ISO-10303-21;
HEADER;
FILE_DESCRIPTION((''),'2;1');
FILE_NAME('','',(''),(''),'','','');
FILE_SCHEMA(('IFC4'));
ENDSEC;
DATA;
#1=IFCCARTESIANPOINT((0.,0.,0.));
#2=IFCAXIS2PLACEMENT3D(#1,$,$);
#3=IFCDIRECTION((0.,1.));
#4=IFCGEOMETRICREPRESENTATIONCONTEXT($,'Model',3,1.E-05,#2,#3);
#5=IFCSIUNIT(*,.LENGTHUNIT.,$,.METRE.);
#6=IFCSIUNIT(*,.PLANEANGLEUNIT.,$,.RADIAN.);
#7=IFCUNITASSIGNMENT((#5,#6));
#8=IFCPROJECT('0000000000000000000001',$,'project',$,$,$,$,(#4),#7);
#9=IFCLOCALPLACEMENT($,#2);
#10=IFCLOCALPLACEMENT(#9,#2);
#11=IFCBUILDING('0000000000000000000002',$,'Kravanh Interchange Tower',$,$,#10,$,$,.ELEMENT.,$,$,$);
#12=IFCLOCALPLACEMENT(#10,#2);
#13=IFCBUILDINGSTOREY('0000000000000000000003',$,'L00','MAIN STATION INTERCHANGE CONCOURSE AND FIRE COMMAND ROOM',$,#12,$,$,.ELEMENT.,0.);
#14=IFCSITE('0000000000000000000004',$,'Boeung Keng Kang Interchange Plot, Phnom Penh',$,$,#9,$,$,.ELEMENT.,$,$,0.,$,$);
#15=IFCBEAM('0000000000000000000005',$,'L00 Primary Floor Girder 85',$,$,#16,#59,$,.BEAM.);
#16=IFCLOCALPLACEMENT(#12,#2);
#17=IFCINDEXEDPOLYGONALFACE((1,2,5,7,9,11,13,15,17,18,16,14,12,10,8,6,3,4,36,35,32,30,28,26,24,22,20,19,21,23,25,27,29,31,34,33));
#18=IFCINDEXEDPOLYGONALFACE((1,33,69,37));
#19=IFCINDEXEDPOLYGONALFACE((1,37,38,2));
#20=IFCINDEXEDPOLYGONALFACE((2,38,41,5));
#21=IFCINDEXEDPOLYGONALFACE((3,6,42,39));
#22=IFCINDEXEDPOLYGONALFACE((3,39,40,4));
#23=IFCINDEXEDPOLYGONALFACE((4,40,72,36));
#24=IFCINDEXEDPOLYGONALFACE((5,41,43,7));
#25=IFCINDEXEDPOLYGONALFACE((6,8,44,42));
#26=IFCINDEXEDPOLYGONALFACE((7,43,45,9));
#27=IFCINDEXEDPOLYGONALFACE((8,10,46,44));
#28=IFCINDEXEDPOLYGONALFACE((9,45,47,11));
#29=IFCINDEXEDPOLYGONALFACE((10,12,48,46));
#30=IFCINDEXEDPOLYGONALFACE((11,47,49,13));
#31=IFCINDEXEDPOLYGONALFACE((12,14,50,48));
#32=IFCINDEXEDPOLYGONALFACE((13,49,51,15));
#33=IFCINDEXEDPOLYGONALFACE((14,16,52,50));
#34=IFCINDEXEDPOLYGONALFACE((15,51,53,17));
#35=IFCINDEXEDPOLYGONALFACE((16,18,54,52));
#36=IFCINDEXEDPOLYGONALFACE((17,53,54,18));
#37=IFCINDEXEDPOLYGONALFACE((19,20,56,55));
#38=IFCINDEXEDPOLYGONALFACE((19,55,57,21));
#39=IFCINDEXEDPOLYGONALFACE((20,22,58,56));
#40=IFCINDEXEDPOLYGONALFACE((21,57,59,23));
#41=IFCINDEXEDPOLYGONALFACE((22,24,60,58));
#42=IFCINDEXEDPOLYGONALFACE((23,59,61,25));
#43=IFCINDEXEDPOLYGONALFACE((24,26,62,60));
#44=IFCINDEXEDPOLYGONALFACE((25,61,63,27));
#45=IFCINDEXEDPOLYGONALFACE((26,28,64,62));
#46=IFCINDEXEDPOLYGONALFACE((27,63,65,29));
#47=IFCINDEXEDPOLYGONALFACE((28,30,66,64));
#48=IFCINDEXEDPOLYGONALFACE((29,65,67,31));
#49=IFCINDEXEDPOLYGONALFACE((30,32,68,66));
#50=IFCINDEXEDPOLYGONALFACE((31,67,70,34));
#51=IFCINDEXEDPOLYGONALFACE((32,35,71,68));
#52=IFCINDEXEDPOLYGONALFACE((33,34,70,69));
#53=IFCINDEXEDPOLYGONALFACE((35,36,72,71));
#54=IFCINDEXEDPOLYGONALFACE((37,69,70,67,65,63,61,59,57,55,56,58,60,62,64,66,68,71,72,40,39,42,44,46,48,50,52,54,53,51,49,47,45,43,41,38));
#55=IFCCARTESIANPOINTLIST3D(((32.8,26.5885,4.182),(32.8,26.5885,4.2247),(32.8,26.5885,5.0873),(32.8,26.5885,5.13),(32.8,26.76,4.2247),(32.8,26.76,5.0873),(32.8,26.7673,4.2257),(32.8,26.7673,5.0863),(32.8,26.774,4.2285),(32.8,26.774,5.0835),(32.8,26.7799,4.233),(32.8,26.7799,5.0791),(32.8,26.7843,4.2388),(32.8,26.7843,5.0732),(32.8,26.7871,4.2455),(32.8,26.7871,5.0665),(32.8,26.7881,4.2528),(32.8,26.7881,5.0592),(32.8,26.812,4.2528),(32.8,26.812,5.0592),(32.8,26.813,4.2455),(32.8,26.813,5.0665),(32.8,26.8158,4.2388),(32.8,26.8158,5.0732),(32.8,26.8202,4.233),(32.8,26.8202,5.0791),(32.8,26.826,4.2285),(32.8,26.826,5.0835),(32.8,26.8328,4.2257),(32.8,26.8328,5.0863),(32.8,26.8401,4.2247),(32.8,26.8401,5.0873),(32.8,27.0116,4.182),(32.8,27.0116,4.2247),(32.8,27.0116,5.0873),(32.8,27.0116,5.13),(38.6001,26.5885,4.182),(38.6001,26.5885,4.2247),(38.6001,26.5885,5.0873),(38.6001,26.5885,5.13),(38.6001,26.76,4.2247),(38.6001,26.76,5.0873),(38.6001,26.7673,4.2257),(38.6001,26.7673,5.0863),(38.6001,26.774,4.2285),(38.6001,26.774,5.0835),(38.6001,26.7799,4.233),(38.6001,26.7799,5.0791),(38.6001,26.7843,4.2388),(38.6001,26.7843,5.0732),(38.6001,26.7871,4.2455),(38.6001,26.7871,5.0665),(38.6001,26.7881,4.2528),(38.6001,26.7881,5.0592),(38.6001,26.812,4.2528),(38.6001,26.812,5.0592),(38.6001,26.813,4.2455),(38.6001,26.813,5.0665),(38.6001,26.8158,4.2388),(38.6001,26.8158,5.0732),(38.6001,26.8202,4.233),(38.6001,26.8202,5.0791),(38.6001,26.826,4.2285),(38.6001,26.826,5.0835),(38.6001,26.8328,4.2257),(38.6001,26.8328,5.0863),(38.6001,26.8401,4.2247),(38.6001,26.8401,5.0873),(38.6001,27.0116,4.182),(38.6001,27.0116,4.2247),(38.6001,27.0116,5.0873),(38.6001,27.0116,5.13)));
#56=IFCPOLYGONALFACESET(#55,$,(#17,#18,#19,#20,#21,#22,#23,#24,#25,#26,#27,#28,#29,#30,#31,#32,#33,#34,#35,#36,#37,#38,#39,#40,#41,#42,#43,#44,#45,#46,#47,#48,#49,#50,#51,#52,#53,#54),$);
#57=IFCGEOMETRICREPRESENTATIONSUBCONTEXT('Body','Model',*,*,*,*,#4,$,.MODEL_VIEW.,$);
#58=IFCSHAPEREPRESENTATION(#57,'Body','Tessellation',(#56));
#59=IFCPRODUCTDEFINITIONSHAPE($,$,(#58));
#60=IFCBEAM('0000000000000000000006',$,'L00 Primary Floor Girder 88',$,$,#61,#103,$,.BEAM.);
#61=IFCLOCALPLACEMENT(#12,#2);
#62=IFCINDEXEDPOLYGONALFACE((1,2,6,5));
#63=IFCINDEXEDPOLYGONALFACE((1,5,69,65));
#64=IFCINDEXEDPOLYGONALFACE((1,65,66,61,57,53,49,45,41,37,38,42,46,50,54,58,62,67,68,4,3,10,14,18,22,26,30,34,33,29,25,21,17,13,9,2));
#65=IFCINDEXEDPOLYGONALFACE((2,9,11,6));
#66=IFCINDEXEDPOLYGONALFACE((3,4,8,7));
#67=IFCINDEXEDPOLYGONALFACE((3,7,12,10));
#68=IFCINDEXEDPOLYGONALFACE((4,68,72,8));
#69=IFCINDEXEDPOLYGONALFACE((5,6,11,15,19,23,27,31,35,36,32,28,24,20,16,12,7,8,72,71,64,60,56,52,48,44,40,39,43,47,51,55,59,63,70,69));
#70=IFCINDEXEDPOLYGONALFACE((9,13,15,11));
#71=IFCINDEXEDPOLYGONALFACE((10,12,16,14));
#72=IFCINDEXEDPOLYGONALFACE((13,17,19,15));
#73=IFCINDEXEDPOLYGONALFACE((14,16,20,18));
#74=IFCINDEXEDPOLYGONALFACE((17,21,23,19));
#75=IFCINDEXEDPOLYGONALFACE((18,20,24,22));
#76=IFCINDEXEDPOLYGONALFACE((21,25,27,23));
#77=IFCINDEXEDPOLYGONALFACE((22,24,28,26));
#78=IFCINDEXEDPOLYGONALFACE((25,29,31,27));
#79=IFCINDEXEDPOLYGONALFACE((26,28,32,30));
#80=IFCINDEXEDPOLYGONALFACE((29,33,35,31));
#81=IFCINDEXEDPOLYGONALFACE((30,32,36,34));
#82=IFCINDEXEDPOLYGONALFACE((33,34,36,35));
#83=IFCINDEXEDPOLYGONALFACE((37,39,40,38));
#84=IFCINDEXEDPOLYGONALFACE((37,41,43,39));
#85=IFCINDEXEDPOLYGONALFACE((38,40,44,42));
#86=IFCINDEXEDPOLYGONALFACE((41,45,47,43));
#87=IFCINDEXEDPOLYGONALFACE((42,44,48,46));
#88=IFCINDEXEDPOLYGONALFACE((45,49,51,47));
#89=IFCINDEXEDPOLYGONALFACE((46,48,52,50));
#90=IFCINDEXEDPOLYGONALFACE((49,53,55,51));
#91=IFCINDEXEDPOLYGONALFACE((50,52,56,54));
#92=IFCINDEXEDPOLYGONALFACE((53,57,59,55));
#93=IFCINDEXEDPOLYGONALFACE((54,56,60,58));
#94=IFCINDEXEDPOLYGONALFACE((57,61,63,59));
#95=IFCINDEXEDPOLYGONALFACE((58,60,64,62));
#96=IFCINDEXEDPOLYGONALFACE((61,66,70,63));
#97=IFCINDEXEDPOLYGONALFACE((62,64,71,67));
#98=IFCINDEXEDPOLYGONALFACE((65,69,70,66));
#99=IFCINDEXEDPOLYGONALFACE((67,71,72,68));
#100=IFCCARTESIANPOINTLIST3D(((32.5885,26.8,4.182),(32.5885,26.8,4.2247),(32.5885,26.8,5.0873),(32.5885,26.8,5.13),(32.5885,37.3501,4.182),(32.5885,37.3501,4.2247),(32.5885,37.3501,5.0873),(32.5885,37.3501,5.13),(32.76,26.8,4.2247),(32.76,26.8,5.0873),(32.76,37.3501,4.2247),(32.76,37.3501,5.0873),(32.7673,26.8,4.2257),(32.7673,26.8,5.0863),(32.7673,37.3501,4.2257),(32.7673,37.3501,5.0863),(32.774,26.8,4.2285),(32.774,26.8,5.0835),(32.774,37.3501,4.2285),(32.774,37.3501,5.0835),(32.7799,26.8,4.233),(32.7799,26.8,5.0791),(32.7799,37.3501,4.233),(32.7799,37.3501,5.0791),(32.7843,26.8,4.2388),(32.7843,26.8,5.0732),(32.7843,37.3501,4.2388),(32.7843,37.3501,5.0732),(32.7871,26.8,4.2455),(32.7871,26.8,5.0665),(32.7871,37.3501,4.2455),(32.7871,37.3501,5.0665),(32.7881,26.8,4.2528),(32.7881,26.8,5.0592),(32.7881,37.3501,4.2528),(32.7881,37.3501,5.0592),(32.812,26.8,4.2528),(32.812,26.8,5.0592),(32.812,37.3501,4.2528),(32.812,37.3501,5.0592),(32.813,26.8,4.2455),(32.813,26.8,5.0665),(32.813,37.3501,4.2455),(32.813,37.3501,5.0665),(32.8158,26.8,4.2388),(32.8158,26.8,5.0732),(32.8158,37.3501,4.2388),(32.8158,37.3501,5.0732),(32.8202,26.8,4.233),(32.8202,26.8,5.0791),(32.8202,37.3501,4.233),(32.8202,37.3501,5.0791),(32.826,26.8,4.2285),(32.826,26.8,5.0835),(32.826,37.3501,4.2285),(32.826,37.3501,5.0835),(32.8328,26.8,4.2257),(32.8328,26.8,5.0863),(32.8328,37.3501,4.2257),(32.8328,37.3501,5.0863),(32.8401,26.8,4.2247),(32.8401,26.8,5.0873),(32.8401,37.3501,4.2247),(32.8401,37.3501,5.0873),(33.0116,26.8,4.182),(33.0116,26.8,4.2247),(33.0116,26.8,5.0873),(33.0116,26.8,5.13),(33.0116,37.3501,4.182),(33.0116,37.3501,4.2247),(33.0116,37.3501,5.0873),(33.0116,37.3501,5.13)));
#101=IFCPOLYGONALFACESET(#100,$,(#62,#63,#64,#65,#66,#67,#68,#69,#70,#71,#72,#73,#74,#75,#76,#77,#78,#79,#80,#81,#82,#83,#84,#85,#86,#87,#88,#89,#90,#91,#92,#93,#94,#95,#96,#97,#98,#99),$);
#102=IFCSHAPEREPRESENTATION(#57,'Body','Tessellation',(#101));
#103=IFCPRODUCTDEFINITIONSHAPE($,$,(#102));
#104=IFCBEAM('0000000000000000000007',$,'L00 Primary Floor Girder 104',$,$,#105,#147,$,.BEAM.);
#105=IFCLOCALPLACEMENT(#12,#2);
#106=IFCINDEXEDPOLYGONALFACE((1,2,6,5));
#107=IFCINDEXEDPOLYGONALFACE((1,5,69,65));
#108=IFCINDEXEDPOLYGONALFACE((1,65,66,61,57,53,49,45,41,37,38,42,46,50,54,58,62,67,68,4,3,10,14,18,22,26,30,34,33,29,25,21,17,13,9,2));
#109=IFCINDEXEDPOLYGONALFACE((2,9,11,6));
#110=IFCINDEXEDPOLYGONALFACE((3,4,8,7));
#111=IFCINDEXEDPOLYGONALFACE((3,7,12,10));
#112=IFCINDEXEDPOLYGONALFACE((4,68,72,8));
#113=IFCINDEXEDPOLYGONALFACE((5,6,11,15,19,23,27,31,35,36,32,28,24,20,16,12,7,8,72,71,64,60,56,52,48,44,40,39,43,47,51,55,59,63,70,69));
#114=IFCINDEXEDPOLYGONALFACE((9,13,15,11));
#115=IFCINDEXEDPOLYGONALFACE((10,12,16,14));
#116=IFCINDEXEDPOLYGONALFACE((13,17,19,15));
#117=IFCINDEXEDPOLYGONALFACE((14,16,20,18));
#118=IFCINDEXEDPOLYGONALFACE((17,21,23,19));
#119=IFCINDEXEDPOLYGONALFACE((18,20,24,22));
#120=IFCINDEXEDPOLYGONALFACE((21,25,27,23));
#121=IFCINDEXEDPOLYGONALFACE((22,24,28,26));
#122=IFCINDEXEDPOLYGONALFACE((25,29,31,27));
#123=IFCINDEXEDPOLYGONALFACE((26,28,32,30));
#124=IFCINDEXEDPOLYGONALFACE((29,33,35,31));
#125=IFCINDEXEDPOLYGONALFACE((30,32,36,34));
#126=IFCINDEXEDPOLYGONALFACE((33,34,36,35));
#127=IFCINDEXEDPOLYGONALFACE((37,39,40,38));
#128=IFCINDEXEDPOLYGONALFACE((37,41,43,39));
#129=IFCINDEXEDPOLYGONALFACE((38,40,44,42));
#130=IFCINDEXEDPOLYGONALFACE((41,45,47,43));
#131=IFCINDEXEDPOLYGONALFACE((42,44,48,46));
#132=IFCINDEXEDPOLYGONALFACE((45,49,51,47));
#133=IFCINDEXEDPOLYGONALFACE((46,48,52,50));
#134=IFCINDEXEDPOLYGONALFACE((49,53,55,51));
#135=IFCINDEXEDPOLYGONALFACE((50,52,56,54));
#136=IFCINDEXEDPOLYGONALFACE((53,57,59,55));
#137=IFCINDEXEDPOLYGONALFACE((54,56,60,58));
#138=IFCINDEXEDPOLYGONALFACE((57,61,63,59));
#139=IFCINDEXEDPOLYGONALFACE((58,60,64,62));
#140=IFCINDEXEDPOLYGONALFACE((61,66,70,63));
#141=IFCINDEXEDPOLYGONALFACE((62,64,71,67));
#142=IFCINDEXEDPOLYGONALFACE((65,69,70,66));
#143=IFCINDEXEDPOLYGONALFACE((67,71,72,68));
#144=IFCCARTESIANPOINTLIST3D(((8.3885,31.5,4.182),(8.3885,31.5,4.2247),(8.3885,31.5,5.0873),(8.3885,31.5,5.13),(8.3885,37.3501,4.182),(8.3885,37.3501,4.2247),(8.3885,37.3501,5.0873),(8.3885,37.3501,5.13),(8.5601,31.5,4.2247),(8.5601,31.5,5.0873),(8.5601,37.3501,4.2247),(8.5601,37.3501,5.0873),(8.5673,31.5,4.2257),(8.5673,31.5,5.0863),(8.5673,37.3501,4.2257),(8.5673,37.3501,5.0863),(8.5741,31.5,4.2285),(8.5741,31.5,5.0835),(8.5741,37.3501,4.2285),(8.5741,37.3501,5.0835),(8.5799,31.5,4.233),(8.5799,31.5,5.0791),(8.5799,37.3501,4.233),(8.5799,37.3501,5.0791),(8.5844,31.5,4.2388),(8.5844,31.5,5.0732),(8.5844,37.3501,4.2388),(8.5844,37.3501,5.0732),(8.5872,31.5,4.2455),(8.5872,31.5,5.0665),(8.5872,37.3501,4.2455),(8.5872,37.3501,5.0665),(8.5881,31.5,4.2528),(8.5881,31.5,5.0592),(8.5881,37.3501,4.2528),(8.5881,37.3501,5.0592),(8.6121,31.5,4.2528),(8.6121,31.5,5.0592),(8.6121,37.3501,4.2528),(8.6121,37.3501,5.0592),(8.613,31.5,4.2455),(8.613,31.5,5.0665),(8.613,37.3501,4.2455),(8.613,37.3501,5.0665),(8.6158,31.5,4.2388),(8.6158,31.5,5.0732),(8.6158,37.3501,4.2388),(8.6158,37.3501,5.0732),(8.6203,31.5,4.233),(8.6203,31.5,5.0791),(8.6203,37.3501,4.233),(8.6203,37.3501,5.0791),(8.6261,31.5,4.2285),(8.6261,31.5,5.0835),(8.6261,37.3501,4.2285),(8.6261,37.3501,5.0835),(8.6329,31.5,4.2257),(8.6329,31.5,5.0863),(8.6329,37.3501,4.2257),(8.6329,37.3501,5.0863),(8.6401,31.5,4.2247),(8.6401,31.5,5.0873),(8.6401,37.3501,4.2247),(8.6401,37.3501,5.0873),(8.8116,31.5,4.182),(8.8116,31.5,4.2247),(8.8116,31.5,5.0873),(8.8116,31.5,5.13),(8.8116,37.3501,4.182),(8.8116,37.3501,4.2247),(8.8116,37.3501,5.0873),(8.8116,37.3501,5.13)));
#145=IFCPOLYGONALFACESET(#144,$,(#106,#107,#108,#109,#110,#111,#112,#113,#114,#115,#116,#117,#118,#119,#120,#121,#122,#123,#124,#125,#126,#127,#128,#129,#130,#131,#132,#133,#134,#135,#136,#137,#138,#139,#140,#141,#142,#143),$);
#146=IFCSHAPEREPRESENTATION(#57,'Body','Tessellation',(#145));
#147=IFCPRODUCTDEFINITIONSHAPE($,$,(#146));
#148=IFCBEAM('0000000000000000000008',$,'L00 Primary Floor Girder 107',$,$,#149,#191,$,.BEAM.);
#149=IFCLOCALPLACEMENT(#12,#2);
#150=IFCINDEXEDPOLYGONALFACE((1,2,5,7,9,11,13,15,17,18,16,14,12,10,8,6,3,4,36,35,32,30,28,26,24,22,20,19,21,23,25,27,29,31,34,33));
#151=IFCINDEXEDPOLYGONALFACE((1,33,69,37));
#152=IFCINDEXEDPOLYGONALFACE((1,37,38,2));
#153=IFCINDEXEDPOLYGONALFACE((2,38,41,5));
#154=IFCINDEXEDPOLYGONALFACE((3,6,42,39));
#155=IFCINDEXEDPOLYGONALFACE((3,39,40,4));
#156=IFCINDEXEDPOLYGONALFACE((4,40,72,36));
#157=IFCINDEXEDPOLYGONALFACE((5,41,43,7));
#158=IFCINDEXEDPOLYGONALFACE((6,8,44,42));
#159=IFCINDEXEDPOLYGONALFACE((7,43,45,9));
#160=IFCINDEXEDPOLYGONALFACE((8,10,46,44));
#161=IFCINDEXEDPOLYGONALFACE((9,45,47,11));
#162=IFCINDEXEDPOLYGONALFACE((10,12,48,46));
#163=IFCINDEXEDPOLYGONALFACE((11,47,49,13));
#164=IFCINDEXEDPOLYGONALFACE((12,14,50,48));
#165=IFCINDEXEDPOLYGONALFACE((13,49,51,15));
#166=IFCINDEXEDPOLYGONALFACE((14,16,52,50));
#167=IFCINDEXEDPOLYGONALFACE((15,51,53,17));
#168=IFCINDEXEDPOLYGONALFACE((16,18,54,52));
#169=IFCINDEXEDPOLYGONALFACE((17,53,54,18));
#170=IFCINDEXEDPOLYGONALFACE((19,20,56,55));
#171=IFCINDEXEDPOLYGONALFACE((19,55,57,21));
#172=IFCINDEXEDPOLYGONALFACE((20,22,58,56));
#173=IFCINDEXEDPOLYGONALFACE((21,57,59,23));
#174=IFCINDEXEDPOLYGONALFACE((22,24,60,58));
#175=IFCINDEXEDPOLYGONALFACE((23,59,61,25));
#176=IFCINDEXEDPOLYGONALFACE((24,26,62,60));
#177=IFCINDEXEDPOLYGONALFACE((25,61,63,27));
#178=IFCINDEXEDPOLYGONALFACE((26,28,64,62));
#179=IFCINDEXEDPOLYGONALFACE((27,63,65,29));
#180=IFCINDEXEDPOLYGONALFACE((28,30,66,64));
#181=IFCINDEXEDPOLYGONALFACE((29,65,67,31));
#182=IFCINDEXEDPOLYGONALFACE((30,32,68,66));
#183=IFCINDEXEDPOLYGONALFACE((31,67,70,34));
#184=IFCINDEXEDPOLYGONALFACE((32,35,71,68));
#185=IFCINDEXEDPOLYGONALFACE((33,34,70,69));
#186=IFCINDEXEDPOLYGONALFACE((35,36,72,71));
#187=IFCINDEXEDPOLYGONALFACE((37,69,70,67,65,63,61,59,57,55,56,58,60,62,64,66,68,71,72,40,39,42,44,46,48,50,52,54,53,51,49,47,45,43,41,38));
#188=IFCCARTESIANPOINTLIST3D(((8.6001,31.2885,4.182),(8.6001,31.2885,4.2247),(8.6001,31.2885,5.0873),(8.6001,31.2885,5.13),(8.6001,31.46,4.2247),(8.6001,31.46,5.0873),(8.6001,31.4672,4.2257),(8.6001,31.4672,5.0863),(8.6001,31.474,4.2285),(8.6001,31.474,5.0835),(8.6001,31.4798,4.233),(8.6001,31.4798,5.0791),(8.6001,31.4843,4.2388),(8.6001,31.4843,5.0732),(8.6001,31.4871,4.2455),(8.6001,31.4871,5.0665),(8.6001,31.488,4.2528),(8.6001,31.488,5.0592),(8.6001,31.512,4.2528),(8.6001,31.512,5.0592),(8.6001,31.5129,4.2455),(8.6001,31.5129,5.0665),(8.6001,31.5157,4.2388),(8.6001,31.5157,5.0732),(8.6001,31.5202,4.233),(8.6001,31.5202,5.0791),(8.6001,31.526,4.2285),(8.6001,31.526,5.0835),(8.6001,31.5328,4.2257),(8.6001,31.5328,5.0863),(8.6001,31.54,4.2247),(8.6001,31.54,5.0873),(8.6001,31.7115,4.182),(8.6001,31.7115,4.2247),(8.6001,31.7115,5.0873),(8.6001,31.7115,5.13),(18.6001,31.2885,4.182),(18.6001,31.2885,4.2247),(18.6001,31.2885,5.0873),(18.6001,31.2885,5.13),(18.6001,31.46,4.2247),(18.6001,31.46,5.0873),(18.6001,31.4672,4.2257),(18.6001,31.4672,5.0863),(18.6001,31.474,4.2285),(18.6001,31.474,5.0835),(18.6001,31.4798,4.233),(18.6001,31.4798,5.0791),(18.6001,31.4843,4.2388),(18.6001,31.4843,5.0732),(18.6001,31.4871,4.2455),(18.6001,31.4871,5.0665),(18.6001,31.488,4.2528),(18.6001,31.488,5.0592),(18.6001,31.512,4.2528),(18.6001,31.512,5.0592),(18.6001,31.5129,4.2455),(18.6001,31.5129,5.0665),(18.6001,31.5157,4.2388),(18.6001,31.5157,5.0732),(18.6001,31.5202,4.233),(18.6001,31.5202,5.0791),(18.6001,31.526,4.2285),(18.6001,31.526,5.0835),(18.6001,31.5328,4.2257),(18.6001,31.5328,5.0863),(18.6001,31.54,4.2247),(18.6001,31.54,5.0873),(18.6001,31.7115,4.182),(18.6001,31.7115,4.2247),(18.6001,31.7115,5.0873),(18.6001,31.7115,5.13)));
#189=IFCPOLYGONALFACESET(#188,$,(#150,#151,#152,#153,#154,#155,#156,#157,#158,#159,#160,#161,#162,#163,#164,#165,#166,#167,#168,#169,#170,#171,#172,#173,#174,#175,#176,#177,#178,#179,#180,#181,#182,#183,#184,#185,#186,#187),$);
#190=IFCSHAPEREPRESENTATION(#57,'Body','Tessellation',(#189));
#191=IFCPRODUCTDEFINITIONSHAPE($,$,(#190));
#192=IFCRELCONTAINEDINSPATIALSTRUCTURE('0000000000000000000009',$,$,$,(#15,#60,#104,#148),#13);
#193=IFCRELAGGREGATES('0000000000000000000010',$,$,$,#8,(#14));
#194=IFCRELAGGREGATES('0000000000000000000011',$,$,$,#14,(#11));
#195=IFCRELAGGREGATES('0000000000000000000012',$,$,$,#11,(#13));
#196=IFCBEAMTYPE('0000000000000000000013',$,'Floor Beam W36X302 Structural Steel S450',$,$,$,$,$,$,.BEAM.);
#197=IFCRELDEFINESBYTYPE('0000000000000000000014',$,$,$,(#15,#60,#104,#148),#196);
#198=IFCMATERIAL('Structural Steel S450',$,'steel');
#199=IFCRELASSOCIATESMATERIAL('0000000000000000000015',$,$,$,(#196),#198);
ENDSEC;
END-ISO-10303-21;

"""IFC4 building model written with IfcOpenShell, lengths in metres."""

from ifc_helpers import new_model, si_unit, direction, frame, origin, origin_2d, place, context, subcontext, project, spatial, i_section, extrude, material, material_profile, profile_set, type_object, element, save


model = new_model("IFC4")

# Units and contexts
model_context = context("Model", 3, precision=1e-05, world=origin(), true_north=direction((0.0, 1.0)))
body_context = subcontext(model_context, "Body", "Model", "MODEL_VIEW")
ifc_project = project(units=[si_unit("LENGTHUNIT", "METRE"), si_unit("PLANEANGLEUNIT", "RADIAN")], contexts=[model_context])

# Site, building, storey
site_placement = place(None, origin())
site = spatial("IfcSite", under=ifc_project, at=site_placement, Name="Boeung Keng Kang Interchange Plot, Phnom Penh", CompositionType="ELEMENT", RefElevation=0.0)
building_placement = place(site_placement, origin())
building = spatial("IfcBuilding", under=site, at=building_placement, Name="Kravanh Interchange Tower", CompositionType="ELEMENT")
storey_placement = place(building_placement, origin())
storey = spatial("IfcBuildingStorey", under=building, at=storey_placement, Name="L00", Description="MAIN STATION INTERCHANGE CONCOURSE AND FIRE COMMAND ROOM", CompositionType="ELEMENT", Elevation=0.0)

# Beams
ifc_material_1 = material(Name="Structural Steel S450", Category="steel")
ifc_material_profile_1 = material_profile(ifc_material_1, i_section(OverallWidth=0.4231, OverallDepth=0.948, WebThickness=0.0239, FlangeThickness=0.0427, FilletRadius=0.0281, at=origin_2d()), Name="W36X302")
ifc_profile_set_1 = profile_set([ifc_material_profile_1], Name="Structural Steel S450")
beam_type_1 = type_object("IfcBeamType", Name="Floor Beam W36X302 Structural Steel S450", PredefinedType="BEAM", material=ifc_profile_set_1)
beam_1_placement = place(storey_placement, frame((32.8, 26.8, 4.656), z_axis=(1.0, 0.0, 0.0), x_axis=(0.0, 1.0, 0.0)))
element("IfcBeam", 1, at=beam_1_placement, inside=storey, type_object=beam_type_1, Name="L00 Primary Floor Girder 85", PredefinedType="BEAM", context=body_context, shape_type="SweptSolid", body=[
    extrude(i_section(OverallWidth=0.4231, OverallDepth=0.948, WebThickness=0.0239, FlangeThickness=0.0427, FilletRadius=0.0281, at=origin_2d()), origin(), (0.0, 0.0, 1.0), 5.8),
])
beam_2_placement = place(storey_placement, frame((32.8, 26.8, 4.656), z_axis=(0.0, 1.0, 0.0), x_axis=(-1.0, 0.0, 0.0)))
element("IfcBeam", 2, at=beam_2_placement, inside=storey, type_object=beam_type_1, Name="L00 Primary Floor Girder 88", PredefinedType="BEAM", context=body_context, shape_type="SweptSolid", body=[
    extrude(i_section(OverallWidth=0.4231, OverallDepth=0.948, WebThickness=0.0239, FlangeThickness=0.0427, FilletRadius=0.0281, at=origin_2d()), origin(), (0.0, 0.0, 1.0), 10.55),
])
beam_3_placement = place(storey_placement, frame((8.6001, 31.5, 4.656), z_axis=(0.0, 1.0, 0.0), x_axis=(-1.0, 0.0, 0.0)))
element("IfcBeam", 3, at=beam_3_placement, inside=storey, type_object=beam_type_1, Name="L00 Primary Floor Girder 104", PredefinedType="BEAM", context=body_context, shape_type="SweptSolid", body=[
    extrude(i_section(OverallWidth=0.4231, OverallDepth=0.948, WebThickness=0.0239, FlangeThickness=0.0427, FilletRadius=0.0281, at=origin_2d()), origin(), (0.0, 0.0, 1.0), 5.8501),
])
beam_4_placement = place(storey_placement, frame((8.6001, 31.5, 4.656), z_axis=(1.0, 0.0, 0.0), x_axis=(0.0, 1.0, 0.0)))
element("IfcBeam", 4, at=beam_4_placement, inside=storey, type_object=beam_type_1, Name="L00 Primary Floor Girder 107", PredefinedType="BEAM", context=body_context, shape_type="SweptSolid", body=[
    extrude(i_section(OverallWidth=0.4231, OverallDepth=0.948, WebThickness=0.0239, FlangeThickness=0.0427, FilletRadius=0.0281, at=origin_2d()), origin(), (0.0, 0.0, 1.0), 10.0),
])

save(model, "model.ifc")
